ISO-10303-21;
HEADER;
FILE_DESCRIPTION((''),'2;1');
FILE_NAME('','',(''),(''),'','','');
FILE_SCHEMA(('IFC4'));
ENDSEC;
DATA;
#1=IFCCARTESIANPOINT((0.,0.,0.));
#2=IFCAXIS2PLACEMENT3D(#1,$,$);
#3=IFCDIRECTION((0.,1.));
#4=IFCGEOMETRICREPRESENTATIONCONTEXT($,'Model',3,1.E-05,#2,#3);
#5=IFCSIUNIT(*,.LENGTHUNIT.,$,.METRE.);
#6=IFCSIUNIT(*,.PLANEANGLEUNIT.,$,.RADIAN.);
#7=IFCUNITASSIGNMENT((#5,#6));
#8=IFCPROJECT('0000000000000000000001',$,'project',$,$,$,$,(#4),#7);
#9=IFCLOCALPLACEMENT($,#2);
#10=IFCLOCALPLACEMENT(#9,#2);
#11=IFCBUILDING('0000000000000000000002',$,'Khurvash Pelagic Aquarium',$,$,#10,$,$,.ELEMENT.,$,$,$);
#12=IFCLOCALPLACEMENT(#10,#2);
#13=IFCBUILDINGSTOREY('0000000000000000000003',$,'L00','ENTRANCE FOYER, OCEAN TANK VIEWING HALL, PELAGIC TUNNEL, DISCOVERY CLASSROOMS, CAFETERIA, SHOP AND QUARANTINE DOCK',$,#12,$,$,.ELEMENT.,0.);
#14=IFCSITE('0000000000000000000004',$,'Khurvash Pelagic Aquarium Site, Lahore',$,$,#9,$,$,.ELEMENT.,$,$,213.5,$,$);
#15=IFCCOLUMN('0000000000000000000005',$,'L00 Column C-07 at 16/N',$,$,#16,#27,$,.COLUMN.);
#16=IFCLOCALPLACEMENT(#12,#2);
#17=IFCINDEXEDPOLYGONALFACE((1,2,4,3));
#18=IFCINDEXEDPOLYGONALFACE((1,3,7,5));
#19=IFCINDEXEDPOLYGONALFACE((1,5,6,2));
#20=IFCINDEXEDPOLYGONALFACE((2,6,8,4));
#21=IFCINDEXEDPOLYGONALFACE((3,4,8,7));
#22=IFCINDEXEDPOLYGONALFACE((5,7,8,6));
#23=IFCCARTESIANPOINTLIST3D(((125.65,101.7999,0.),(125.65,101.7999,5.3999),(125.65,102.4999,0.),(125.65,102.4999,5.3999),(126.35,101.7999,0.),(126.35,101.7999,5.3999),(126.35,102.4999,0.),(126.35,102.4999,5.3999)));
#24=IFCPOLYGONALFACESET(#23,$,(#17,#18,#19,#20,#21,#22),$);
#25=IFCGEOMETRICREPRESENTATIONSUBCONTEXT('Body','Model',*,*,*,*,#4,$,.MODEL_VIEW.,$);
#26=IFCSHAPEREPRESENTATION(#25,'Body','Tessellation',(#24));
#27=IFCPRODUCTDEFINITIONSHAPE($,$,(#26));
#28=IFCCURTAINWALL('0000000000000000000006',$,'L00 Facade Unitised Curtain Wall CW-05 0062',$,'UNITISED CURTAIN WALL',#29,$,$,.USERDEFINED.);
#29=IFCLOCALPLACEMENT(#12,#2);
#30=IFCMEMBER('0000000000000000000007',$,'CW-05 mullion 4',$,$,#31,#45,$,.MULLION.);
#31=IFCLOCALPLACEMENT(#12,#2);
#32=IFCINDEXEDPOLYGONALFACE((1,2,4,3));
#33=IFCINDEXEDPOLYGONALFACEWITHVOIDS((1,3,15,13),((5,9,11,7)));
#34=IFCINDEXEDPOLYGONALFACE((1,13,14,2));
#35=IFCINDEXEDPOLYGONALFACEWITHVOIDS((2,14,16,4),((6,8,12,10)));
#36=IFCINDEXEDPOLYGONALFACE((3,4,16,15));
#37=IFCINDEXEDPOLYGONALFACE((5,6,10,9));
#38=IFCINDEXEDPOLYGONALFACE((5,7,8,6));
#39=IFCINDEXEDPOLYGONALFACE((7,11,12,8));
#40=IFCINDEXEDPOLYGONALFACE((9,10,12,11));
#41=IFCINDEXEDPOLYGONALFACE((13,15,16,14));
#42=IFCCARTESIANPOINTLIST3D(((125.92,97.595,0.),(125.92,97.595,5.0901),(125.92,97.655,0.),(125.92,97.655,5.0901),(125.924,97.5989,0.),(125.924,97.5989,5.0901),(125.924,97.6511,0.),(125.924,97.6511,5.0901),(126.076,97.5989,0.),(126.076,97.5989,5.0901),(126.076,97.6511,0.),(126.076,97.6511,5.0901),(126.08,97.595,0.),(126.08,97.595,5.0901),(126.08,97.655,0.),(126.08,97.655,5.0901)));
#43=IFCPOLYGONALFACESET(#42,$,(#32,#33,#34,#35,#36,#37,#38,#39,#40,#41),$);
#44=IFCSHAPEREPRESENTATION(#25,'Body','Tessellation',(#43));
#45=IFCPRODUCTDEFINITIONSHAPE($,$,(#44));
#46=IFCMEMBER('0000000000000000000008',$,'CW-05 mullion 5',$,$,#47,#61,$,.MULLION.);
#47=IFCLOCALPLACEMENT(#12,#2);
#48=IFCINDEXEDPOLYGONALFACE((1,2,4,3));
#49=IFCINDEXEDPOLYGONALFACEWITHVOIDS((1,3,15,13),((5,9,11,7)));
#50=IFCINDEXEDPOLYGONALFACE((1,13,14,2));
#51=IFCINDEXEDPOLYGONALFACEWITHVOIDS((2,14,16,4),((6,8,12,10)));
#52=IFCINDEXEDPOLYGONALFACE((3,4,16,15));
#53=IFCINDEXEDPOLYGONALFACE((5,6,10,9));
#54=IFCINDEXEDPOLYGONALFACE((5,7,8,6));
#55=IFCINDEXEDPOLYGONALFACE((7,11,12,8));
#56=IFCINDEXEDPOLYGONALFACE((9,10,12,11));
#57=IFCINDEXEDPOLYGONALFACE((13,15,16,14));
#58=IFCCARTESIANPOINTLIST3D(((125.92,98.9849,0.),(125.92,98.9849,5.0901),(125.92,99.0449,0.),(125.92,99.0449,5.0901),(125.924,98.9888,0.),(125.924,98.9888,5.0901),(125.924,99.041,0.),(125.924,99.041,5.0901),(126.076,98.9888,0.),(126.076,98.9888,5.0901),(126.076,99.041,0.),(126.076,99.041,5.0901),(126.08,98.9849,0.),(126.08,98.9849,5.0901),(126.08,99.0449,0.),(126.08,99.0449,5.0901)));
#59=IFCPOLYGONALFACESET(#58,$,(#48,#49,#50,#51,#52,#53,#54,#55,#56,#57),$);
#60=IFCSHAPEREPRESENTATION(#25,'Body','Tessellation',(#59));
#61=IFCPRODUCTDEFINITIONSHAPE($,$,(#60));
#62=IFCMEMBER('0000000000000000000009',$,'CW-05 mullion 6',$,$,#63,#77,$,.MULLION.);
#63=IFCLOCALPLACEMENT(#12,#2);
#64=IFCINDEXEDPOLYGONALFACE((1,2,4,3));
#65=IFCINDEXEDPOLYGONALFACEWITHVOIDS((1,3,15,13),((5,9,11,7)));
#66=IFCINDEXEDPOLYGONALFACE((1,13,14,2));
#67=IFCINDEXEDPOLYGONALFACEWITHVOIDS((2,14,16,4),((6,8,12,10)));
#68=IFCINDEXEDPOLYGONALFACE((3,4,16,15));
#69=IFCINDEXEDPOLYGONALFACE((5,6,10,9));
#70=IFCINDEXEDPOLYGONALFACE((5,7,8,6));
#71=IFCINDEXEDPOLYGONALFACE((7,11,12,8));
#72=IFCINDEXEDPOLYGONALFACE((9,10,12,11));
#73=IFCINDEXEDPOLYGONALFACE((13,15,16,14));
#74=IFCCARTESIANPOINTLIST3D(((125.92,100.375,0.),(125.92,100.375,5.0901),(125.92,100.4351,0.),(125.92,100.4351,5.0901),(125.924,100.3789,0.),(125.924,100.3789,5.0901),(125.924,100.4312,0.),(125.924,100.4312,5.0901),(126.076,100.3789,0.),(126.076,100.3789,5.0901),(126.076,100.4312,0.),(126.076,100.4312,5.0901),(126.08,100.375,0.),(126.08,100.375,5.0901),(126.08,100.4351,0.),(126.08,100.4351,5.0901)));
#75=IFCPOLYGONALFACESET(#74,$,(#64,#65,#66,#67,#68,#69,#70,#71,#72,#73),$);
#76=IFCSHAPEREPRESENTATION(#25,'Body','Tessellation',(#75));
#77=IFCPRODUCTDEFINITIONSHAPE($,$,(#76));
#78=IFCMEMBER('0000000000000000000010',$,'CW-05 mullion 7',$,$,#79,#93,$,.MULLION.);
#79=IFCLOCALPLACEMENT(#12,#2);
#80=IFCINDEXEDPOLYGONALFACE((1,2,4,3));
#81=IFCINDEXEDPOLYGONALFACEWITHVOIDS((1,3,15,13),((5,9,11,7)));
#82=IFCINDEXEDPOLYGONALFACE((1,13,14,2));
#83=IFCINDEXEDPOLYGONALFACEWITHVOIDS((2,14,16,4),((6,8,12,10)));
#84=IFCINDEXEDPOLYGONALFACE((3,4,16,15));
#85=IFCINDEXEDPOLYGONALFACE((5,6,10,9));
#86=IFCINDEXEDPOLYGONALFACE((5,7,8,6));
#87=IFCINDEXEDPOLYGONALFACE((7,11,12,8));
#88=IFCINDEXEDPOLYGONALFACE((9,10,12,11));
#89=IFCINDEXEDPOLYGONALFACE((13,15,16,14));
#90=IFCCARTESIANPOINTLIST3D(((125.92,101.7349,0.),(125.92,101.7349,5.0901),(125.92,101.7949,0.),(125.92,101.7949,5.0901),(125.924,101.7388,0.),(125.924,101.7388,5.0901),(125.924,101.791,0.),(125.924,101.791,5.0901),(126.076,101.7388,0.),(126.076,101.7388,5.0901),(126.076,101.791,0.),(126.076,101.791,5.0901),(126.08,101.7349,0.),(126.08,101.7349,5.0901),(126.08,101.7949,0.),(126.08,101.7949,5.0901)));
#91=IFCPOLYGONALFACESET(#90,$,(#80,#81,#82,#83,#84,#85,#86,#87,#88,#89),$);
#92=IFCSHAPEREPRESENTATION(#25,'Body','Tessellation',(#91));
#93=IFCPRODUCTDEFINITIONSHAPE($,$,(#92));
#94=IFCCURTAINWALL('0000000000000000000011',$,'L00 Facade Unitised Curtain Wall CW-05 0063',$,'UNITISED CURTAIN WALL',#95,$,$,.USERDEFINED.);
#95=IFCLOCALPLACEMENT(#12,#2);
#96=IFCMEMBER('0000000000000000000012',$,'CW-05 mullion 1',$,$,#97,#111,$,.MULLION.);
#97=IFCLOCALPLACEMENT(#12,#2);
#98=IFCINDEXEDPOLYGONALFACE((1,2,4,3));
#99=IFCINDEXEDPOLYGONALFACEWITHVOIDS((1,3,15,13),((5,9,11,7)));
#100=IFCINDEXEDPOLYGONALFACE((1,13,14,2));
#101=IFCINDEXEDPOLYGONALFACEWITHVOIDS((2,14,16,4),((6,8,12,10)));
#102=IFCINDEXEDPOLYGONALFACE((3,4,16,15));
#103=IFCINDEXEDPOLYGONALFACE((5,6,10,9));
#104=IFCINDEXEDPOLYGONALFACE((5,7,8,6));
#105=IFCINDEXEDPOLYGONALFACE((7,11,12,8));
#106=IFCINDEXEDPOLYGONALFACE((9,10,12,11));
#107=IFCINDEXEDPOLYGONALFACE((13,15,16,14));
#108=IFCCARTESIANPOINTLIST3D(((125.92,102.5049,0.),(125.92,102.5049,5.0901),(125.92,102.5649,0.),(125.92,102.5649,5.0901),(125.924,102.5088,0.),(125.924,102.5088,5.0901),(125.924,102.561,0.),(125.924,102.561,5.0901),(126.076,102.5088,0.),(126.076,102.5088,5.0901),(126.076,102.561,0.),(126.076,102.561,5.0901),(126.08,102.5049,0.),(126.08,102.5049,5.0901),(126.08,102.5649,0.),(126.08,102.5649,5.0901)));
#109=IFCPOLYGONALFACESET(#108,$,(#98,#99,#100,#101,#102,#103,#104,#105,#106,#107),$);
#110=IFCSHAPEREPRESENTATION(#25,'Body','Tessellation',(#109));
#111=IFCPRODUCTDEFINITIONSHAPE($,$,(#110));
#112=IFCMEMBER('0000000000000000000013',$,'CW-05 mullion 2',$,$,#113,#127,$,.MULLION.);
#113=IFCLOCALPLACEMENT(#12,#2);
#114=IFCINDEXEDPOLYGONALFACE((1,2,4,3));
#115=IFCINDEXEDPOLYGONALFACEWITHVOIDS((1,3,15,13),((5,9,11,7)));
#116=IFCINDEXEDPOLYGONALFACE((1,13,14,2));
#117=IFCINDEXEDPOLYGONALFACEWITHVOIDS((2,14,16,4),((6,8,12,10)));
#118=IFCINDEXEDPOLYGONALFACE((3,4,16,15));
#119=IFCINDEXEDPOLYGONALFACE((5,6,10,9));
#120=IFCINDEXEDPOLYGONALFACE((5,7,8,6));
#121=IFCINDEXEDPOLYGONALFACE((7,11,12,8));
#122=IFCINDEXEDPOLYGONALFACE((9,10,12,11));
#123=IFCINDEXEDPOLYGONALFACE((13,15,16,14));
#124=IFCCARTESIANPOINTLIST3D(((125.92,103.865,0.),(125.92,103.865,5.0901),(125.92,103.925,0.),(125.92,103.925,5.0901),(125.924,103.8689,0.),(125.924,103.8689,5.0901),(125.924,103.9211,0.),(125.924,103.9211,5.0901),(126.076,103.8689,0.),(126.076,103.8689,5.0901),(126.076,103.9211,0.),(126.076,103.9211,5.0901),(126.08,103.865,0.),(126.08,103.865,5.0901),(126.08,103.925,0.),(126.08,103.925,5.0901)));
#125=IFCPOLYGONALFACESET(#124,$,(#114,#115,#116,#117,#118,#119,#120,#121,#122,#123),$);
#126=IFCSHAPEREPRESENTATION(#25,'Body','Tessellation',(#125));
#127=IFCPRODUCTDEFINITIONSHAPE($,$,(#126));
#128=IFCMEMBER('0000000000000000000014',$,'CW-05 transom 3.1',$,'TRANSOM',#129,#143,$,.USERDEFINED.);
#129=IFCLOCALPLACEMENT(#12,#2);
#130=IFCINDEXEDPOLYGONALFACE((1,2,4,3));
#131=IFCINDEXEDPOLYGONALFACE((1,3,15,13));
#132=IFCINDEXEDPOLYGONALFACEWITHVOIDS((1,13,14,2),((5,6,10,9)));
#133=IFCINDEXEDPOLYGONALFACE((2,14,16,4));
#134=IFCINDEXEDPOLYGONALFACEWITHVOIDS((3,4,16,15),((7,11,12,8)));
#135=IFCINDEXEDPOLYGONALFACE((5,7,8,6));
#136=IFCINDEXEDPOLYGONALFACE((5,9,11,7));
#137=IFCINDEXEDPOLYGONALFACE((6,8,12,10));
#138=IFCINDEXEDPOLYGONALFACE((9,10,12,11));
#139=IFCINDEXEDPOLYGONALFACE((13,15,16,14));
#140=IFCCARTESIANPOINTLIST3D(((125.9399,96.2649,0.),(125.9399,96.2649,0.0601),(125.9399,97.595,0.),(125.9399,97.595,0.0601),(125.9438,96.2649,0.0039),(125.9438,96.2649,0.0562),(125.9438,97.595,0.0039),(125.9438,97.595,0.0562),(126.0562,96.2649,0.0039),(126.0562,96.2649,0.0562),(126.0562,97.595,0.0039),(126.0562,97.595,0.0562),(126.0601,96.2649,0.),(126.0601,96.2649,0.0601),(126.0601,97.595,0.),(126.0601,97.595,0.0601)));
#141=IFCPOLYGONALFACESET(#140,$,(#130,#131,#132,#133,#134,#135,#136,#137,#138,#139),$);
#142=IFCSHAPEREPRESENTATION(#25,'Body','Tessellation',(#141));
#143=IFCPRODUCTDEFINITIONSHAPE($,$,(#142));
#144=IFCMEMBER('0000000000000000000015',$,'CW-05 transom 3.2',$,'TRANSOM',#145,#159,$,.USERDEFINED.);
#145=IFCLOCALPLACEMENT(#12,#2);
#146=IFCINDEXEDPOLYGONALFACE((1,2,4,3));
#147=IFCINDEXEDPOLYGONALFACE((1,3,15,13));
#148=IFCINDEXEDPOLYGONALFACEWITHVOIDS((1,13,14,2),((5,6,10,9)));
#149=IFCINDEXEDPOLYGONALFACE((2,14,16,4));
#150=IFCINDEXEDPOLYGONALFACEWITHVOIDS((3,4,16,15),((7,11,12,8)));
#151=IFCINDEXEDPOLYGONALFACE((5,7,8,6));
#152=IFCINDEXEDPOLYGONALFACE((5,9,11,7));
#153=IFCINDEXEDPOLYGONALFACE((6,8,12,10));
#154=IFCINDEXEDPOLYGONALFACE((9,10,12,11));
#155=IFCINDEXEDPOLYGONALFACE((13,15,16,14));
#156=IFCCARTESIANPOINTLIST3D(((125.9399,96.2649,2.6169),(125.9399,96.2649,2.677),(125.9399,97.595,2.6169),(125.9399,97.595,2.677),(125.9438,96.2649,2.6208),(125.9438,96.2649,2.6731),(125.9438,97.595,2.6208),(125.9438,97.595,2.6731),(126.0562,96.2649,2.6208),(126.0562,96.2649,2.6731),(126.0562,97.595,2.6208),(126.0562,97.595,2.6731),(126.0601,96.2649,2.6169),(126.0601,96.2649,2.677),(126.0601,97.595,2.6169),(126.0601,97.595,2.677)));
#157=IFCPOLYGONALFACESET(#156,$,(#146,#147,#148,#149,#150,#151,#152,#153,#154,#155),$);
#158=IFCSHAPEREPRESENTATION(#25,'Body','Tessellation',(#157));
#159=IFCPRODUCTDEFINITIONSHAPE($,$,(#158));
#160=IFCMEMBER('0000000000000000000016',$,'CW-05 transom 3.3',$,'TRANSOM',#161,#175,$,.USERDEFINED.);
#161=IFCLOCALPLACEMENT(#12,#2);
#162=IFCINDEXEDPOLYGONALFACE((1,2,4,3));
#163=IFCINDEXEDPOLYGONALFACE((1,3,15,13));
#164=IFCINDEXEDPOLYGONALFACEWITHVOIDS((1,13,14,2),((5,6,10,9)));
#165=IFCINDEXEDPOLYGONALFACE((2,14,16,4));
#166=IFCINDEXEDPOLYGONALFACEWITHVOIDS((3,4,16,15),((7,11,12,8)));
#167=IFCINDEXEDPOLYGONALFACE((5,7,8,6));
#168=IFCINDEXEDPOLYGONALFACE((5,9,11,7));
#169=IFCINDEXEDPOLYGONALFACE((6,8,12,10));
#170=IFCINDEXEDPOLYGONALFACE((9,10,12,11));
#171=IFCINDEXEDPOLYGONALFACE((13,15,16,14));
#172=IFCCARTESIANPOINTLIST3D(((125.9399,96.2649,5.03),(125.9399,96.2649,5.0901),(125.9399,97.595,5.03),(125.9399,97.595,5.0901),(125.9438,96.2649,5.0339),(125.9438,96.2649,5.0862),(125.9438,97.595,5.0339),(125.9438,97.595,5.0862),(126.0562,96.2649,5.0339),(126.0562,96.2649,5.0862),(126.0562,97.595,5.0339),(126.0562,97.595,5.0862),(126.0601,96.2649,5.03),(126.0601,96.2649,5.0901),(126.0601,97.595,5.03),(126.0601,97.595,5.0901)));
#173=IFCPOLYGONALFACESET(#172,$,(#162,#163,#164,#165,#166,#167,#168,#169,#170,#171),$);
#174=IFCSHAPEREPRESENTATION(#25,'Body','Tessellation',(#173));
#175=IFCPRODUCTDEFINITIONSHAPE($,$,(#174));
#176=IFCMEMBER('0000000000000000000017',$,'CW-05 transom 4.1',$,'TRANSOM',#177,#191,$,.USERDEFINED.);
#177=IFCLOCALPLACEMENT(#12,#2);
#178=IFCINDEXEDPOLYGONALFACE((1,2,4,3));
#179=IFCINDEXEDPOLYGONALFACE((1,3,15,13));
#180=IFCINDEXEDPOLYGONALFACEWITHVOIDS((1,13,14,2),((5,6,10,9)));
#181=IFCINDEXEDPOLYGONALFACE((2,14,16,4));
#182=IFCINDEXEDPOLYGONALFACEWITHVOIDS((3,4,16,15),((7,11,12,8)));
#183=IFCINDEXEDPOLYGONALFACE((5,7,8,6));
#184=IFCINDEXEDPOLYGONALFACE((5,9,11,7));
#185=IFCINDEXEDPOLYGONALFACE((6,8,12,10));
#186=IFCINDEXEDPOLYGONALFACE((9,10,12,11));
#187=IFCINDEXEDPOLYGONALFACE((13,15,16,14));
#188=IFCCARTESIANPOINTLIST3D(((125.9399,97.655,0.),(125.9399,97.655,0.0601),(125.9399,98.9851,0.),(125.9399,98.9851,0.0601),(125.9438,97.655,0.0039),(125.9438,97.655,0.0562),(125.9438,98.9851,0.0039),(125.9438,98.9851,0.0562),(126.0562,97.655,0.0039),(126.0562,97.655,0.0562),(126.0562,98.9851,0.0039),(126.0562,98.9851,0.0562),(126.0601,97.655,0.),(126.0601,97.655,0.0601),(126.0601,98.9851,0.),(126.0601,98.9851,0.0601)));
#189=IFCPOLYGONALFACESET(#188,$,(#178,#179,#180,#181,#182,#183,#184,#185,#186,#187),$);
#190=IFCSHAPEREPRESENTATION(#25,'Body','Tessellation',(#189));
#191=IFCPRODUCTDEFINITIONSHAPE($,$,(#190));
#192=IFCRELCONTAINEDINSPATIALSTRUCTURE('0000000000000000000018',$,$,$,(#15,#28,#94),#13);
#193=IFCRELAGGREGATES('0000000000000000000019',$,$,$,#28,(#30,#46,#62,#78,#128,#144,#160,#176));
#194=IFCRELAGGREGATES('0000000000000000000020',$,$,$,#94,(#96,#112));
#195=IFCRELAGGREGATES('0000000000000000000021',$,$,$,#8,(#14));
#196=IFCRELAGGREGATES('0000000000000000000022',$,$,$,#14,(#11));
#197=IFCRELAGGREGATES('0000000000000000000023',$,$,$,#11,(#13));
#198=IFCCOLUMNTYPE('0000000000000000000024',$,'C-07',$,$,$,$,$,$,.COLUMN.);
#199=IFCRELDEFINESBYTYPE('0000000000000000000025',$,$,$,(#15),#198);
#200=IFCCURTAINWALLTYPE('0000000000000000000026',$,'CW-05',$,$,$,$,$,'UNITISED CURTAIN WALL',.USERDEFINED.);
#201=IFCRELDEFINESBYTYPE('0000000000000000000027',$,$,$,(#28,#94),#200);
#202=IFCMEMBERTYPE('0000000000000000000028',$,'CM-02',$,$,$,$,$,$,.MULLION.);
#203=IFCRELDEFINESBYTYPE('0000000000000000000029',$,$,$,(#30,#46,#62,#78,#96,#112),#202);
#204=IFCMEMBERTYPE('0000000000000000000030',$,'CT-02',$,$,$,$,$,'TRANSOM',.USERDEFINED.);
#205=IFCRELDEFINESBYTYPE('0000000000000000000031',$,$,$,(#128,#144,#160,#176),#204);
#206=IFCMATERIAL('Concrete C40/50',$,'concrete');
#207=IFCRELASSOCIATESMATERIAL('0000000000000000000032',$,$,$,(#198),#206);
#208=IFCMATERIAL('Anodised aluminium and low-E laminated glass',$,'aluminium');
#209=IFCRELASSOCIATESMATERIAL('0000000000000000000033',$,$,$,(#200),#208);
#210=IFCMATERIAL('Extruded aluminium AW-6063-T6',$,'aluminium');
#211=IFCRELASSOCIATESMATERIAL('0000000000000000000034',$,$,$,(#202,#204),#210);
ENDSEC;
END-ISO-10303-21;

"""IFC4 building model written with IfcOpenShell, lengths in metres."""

from ifc_helpers import new_model, si_unit, direction, frame, origin, origin_2d, place, context, subcontext, project, spatial, rectangle, hollow_rectangle, extrude, material, material_profile, profile_set, type_object, element, aggregate, save


model = new_model("IFC4")

# Units and contexts
model_context = context("Model", 3, precision=1e-05, world=origin(), true_north=direction((0.0, 1.0)))
body_context = subcontext(model_context, "Body", "Model", "MODEL_VIEW")
ifc_project = project(units=[si_unit("LENGTHUNIT", "METRE"), si_unit("PLANEANGLEUNIT", "RADIAN")], contexts=[model_context])

# Site, building, storey
site_placement = place(None, origin())
site = spatial("IfcSite", under=ifc_project, at=site_placement, Name="Khurvash Pelagic Aquarium Site, Lahore", CompositionType="ELEMENT", RefElevation=213.5)
building_placement = place(site_placement, origin())
building = spatial("IfcBuilding", under=site, at=building_placement, Name="Khurvash Pelagic Aquarium", CompositionType="ELEMENT")
storey_placement = place(building_placement, origin())
storey = spatial("IfcBuildingStorey", under=building, at=storey_placement, Name="L00", Description="ENTRANCE FOYER, OCEAN TANK VIEWING HALL, PELAGIC TUNNEL, DISCOVERY CLASSROOMS, CAFETERIA, SHOP AND QUARANTINE DOCK", CompositionType="ELEMENT", Elevation=0.0)

# Column
ifc_material_1 = material(Name="Concrete C40/50", Category="concrete")
ifc_material_profile_1 = material_profile(ifc_material_1, rectangle(XDim=0.7, YDim=0.7, at=origin_2d()), Name="RC700X700")
ifc_profile_set_1 = profile_set([ifc_material_profile_1], Name="Concrete C40/50")
column_type = type_object("IfcColumnType", Name="C-07", PredefinedType="COLUMN", material=ifc_profile_set_1)
column_placement = place(storey_placement, frame((126.0, 102.1499, 0.0), z_axis=(0.0, 0.0, 1.0), x_axis=(1.0, 0.0, 0.0)))
element("IfcColumn", 1, at=column_placement, inside=storey, type_object=column_type, Name="L00 Column C-07 at 16/N", PredefinedType="COLUMN", context=body_context, shape_type="SweptSolid", body=[
    extrude(rectangle(XDim=0.7, YDim=0.7, at=origin_2d()), origin(), (0.0, 0.0, 1.0), 5.3999),
])

# Curtain walls, members
ifc_material_2 = material(Name="Anodised aluminium and low-E laminated glass", Category="aluminium")
curtain_wall_type = type_object("IfcCurtainWallType", Name="CW-05", ElementType="UNITISED CURTAIN WALL", PredefinedType="USERDEFINED", material=ifc_material_2)
curtain_wall_1_placement = place(storey_placement, origin())
curtain_wall_1 = element("IfcCurtainWall", 2, at=curtain_wall_1_placement, inside=storey, type_object=curtain_wall_type, Name="L00 Facade Unitised Curtain Wall CW-05 0062", ObjectType="UNITISED CURTAIN WALL", PredefinedType="USERDEFINED")
ifc_material_3 = material(Name="Extruded aluminium AW-6063-T6", Category="aluminium")
ifc_material_profile_2 = material_profile(ifc_material_3, hollow_rectangle(XDim=0.0601, YDim=0.1599, WallThickness=0.0039, at=origin_2d()), Name="CWM60X160X4")
ifc_profile_set_2 = profile_set([ifc_material_profile_2], Name="Extruded aluminium AW-6063-T6")
member_type_1 = type_object("IfcMemberType", Name="CM-02", PredefinedType="MULLION", material=ifc_profile_set_2)
member_1_placement = place(storey_placement, frame((126.0, 97.625, 0.0), z_axis=(0.0, 0.0, 1.0), x_axis=(0.0, 1.0, 0.0)))
member_1 = element("IfcMember", 3, at=member_1_placement, type_object=member_type_1, Name="CW-05 mullion 4", PredefinedType="MULLION", context=body_context, shape_type="SweptSolid", body=[
    extrude(hollow_rectangle(XDim=0.0601, YDim=0.1599, WallThickness=0.0039, at=origin_2d()), origin(), (0.0, 0.0, 1.0), 5.0901),
])
member_2_placement = place(storey_placement, frame((126.0, 99.0149, 0.0), z_axis=(0.0, 0.0, 1.0), x_axis=(0.0, 1.0, 0.0)))
member_2 = element("IfcMember", 4, at=member_2_placement, type_object=member_type_1, Name="CW-05 mullion 5", PredefinedType="MULLION", context=body_context, shape_type="SweptSolid", body=[
    extrude(hollow_rectangle(XDim=0.0601, YDim=0.1599, WallThickness=0.0039, at=origin_2d()), origin(), (0.0, 0.0, 1.0), 5.0901),
])
member_3_placement = place(storey_placement, frame((126.0, 100.405, 0.0), z_axis=(0.0, 0.0, 1.0), x_axis=(0.0, 1.0, 0.0)))
member_3 = element("IfcMember", 5, at=member_3_placement, type_object=member_type_1, Name="CW-05 mullion 6", PredefinedType="MULLION", context=body_context, shape_type="SweptSolid", body=[
    extrude(hollow_rectangle(XDim=0.0601, YDim=0.1599, WallThickness=0.0039, at=origin_2d()), origin(), (0.0, 0.0, 1.0), 5.0901),
])
member_4_placement = place(storey_placement, frame((126.0, 101.7649, 0.0), z_axis=(0.0, 0.0, 1.0), x_axis=(0.0, 1.0, 0.0)))
member_4 = element("IfcMember", 6, at=member_4_placement, type_object=member_type_1, Name="CW-05 mullion 7", PredefinedType="MULLION", context=body_context, shape_type="SweptSolid", body=[
    extrude(hollow_rectangle(XDim=0.0601, YDim=0.1599, WallThickness=0.0039, at=origin_2d()), origin(), (0.0, 0.0, 1.0), 5.0901),
])
curtain_wall_2_placement = place(storey_placement, origin())
curtain_wall_2 = element("IfcCurtainWall", 7, at=curtain_wall_2_placement, inside=storey, type_object=curtain_wall_type, Name="L00 Facade Unitised Curtain Wall CW-05 0063", ObjectType="UNITISED CURTAIN WALL", PredefinedType="USERDEFINED")
member_5_placement = place(storey_placement, frame((126.0, 102.5349, 0.0), z_axis=(0.0, 0.0, 1.0), x_axis=(0.0, 1.0, 0.0)))
member_5 = element("IfcMember", 8, at=member_5_placement, type_object=member_type_1, Name="CW-05 mullion 1", PredefinedType="MULLION", context=body_context, shape_type="SweptSolid", body=[
    extrude(hollow_rectangle(XDim=0.0601, YDim=0.1599, WallThickness=0.0039, at=origin_2d()), origin(), (0.0, 0.0, 1.0), 5.0901),
])
member_6_placement = place(storey_placement, frame((126.0, 103.895, 0.0), z_axis=(0.0, 0.0, 1.0), x_axis=(0.0, 1.0, 0.0)))
member_6 = element("IfcMember", 9, at=member_6_placement, type_object=member_type_1, Name="CW-05 mullion 2", PredefinedType="MULLION", context=body_context, shape_type="SweptSolid", body=[
    extrude(hollow_rectangle(XDim=0.0601, YDim=0.1599, WallThickness=0.0039, at=origin_2d()), origin(), (0.0, 0.0, 1.0), 5.0901),
])

# Members
ifc_material_profile_3 = material_profile(ifc_material_3, hollow_rectangle(XDim=0.1201, YDim=0.0601, WallThickness=0.0039, at=origin_2d()), Name="CWT120X60X4")
ifc_profile_set_3 = profile_set([ifc_material_profile_3], Name="Extruded aluminium AW-6063-T6")
member_type_2 = type_object("IfcMemberType", Name="CT-02", ElementType="TRANSOM", PredefinedType="USERDEFINED", material=ifc_profile_set_3)
member_7_placement = place(storey_placement, frame((126.0, 96.2649, 0.03), z_axis=(0.0, 1.0, 0.0), x_axis=(-1.0, 0.0, 0.0)))
member_7 = element("IfcMember", 10, at=member_7_placement, type_object=member_type_2, Name="CW-05 transom 3.1", ObjectType="TRANSOM", PredefinedType="USERDEFINED", context=body_context, shape_type="SweptSolid", body=[
    extrude(hollow_rectangle(XDim=0.1201, YDim=0.0601, WallThickness=0.0039, at=origin_2d()), origin(), (0.0, 0.0, 1.0), 1.3301),
])
member_8_placement = place(storey_placement, frame((126.0, 96.2649, 2.647), z_axis=(0.0, 1.0, 0.0), x_axis=(-1.0, 0.0, 0.0)))
member_8 = element("IfcMember", 11, at=member_8_placement, type_object=member_type_2, Name="CW-05 transom 3.2", ObjectType="TRANSOM", PredefinedType="USERDEFINED", context=body_context, shape_type="SweptSolid", body=[
    extrude(hollow_rectangle(XDim=0.1201, YDim=0.0601, WallThickness=0.0039, at=origin_2d()), origin(), (0.0, 0.0, 1.0), 1.3301),
])
member_9_placement = place(storey_placement, frame((126.0, 96.2649, 5.0601), z_axis=(0.0, 1.0, 0.0), x_axis=(-1.0, 0.0, 0.0)))
member_9 = element("IfcMember", 12, at=member_9_placement, type_object=member_type_2, Name="CW-05 transom 3.3", ObjectType="TRANSOM", PredefinedType="USERDEFINED", context=body_context, shape_type="SweptSolid", body=[
    extrude(hollow_rectangle(XDim=0.1201, YDim=0.0601, WallThickness=0.0039, at=origin_2d()), origin(), (0.0, 0.0, 1.0), 1.3301),
])
member_10_placement = place(storey_placement, frame((126.0, 97.655, 0.03), z_axis=(0.0, 1.0, 0.0), x_axis=(-1.0, 0.0, 0.0)))
member_10 = element("IfcMember", 13, at=member_10_placement, type_object=member_type_2, Name="CW-05 transom 4.1", ObjectType="TRANSOM", PredefinedType="USERDEFINED", context=body_context, shape_type="SweptSolid", body=[
    extrude(hollow_rectangle(XDim=0.1201, YDim=0.0601, WallThickness=0.0039, at=origin_2d()), origin(), (0.0, 0.0, 1.0), 1.3301),
])

aggregate(curtain_wall_1, [member_1, member_2, member_3, member_4, member_7, member_8, member_9, member_10])
aggregate(curtain_wall_2, [member_5, member_6])

save(model, "model.ifc")
